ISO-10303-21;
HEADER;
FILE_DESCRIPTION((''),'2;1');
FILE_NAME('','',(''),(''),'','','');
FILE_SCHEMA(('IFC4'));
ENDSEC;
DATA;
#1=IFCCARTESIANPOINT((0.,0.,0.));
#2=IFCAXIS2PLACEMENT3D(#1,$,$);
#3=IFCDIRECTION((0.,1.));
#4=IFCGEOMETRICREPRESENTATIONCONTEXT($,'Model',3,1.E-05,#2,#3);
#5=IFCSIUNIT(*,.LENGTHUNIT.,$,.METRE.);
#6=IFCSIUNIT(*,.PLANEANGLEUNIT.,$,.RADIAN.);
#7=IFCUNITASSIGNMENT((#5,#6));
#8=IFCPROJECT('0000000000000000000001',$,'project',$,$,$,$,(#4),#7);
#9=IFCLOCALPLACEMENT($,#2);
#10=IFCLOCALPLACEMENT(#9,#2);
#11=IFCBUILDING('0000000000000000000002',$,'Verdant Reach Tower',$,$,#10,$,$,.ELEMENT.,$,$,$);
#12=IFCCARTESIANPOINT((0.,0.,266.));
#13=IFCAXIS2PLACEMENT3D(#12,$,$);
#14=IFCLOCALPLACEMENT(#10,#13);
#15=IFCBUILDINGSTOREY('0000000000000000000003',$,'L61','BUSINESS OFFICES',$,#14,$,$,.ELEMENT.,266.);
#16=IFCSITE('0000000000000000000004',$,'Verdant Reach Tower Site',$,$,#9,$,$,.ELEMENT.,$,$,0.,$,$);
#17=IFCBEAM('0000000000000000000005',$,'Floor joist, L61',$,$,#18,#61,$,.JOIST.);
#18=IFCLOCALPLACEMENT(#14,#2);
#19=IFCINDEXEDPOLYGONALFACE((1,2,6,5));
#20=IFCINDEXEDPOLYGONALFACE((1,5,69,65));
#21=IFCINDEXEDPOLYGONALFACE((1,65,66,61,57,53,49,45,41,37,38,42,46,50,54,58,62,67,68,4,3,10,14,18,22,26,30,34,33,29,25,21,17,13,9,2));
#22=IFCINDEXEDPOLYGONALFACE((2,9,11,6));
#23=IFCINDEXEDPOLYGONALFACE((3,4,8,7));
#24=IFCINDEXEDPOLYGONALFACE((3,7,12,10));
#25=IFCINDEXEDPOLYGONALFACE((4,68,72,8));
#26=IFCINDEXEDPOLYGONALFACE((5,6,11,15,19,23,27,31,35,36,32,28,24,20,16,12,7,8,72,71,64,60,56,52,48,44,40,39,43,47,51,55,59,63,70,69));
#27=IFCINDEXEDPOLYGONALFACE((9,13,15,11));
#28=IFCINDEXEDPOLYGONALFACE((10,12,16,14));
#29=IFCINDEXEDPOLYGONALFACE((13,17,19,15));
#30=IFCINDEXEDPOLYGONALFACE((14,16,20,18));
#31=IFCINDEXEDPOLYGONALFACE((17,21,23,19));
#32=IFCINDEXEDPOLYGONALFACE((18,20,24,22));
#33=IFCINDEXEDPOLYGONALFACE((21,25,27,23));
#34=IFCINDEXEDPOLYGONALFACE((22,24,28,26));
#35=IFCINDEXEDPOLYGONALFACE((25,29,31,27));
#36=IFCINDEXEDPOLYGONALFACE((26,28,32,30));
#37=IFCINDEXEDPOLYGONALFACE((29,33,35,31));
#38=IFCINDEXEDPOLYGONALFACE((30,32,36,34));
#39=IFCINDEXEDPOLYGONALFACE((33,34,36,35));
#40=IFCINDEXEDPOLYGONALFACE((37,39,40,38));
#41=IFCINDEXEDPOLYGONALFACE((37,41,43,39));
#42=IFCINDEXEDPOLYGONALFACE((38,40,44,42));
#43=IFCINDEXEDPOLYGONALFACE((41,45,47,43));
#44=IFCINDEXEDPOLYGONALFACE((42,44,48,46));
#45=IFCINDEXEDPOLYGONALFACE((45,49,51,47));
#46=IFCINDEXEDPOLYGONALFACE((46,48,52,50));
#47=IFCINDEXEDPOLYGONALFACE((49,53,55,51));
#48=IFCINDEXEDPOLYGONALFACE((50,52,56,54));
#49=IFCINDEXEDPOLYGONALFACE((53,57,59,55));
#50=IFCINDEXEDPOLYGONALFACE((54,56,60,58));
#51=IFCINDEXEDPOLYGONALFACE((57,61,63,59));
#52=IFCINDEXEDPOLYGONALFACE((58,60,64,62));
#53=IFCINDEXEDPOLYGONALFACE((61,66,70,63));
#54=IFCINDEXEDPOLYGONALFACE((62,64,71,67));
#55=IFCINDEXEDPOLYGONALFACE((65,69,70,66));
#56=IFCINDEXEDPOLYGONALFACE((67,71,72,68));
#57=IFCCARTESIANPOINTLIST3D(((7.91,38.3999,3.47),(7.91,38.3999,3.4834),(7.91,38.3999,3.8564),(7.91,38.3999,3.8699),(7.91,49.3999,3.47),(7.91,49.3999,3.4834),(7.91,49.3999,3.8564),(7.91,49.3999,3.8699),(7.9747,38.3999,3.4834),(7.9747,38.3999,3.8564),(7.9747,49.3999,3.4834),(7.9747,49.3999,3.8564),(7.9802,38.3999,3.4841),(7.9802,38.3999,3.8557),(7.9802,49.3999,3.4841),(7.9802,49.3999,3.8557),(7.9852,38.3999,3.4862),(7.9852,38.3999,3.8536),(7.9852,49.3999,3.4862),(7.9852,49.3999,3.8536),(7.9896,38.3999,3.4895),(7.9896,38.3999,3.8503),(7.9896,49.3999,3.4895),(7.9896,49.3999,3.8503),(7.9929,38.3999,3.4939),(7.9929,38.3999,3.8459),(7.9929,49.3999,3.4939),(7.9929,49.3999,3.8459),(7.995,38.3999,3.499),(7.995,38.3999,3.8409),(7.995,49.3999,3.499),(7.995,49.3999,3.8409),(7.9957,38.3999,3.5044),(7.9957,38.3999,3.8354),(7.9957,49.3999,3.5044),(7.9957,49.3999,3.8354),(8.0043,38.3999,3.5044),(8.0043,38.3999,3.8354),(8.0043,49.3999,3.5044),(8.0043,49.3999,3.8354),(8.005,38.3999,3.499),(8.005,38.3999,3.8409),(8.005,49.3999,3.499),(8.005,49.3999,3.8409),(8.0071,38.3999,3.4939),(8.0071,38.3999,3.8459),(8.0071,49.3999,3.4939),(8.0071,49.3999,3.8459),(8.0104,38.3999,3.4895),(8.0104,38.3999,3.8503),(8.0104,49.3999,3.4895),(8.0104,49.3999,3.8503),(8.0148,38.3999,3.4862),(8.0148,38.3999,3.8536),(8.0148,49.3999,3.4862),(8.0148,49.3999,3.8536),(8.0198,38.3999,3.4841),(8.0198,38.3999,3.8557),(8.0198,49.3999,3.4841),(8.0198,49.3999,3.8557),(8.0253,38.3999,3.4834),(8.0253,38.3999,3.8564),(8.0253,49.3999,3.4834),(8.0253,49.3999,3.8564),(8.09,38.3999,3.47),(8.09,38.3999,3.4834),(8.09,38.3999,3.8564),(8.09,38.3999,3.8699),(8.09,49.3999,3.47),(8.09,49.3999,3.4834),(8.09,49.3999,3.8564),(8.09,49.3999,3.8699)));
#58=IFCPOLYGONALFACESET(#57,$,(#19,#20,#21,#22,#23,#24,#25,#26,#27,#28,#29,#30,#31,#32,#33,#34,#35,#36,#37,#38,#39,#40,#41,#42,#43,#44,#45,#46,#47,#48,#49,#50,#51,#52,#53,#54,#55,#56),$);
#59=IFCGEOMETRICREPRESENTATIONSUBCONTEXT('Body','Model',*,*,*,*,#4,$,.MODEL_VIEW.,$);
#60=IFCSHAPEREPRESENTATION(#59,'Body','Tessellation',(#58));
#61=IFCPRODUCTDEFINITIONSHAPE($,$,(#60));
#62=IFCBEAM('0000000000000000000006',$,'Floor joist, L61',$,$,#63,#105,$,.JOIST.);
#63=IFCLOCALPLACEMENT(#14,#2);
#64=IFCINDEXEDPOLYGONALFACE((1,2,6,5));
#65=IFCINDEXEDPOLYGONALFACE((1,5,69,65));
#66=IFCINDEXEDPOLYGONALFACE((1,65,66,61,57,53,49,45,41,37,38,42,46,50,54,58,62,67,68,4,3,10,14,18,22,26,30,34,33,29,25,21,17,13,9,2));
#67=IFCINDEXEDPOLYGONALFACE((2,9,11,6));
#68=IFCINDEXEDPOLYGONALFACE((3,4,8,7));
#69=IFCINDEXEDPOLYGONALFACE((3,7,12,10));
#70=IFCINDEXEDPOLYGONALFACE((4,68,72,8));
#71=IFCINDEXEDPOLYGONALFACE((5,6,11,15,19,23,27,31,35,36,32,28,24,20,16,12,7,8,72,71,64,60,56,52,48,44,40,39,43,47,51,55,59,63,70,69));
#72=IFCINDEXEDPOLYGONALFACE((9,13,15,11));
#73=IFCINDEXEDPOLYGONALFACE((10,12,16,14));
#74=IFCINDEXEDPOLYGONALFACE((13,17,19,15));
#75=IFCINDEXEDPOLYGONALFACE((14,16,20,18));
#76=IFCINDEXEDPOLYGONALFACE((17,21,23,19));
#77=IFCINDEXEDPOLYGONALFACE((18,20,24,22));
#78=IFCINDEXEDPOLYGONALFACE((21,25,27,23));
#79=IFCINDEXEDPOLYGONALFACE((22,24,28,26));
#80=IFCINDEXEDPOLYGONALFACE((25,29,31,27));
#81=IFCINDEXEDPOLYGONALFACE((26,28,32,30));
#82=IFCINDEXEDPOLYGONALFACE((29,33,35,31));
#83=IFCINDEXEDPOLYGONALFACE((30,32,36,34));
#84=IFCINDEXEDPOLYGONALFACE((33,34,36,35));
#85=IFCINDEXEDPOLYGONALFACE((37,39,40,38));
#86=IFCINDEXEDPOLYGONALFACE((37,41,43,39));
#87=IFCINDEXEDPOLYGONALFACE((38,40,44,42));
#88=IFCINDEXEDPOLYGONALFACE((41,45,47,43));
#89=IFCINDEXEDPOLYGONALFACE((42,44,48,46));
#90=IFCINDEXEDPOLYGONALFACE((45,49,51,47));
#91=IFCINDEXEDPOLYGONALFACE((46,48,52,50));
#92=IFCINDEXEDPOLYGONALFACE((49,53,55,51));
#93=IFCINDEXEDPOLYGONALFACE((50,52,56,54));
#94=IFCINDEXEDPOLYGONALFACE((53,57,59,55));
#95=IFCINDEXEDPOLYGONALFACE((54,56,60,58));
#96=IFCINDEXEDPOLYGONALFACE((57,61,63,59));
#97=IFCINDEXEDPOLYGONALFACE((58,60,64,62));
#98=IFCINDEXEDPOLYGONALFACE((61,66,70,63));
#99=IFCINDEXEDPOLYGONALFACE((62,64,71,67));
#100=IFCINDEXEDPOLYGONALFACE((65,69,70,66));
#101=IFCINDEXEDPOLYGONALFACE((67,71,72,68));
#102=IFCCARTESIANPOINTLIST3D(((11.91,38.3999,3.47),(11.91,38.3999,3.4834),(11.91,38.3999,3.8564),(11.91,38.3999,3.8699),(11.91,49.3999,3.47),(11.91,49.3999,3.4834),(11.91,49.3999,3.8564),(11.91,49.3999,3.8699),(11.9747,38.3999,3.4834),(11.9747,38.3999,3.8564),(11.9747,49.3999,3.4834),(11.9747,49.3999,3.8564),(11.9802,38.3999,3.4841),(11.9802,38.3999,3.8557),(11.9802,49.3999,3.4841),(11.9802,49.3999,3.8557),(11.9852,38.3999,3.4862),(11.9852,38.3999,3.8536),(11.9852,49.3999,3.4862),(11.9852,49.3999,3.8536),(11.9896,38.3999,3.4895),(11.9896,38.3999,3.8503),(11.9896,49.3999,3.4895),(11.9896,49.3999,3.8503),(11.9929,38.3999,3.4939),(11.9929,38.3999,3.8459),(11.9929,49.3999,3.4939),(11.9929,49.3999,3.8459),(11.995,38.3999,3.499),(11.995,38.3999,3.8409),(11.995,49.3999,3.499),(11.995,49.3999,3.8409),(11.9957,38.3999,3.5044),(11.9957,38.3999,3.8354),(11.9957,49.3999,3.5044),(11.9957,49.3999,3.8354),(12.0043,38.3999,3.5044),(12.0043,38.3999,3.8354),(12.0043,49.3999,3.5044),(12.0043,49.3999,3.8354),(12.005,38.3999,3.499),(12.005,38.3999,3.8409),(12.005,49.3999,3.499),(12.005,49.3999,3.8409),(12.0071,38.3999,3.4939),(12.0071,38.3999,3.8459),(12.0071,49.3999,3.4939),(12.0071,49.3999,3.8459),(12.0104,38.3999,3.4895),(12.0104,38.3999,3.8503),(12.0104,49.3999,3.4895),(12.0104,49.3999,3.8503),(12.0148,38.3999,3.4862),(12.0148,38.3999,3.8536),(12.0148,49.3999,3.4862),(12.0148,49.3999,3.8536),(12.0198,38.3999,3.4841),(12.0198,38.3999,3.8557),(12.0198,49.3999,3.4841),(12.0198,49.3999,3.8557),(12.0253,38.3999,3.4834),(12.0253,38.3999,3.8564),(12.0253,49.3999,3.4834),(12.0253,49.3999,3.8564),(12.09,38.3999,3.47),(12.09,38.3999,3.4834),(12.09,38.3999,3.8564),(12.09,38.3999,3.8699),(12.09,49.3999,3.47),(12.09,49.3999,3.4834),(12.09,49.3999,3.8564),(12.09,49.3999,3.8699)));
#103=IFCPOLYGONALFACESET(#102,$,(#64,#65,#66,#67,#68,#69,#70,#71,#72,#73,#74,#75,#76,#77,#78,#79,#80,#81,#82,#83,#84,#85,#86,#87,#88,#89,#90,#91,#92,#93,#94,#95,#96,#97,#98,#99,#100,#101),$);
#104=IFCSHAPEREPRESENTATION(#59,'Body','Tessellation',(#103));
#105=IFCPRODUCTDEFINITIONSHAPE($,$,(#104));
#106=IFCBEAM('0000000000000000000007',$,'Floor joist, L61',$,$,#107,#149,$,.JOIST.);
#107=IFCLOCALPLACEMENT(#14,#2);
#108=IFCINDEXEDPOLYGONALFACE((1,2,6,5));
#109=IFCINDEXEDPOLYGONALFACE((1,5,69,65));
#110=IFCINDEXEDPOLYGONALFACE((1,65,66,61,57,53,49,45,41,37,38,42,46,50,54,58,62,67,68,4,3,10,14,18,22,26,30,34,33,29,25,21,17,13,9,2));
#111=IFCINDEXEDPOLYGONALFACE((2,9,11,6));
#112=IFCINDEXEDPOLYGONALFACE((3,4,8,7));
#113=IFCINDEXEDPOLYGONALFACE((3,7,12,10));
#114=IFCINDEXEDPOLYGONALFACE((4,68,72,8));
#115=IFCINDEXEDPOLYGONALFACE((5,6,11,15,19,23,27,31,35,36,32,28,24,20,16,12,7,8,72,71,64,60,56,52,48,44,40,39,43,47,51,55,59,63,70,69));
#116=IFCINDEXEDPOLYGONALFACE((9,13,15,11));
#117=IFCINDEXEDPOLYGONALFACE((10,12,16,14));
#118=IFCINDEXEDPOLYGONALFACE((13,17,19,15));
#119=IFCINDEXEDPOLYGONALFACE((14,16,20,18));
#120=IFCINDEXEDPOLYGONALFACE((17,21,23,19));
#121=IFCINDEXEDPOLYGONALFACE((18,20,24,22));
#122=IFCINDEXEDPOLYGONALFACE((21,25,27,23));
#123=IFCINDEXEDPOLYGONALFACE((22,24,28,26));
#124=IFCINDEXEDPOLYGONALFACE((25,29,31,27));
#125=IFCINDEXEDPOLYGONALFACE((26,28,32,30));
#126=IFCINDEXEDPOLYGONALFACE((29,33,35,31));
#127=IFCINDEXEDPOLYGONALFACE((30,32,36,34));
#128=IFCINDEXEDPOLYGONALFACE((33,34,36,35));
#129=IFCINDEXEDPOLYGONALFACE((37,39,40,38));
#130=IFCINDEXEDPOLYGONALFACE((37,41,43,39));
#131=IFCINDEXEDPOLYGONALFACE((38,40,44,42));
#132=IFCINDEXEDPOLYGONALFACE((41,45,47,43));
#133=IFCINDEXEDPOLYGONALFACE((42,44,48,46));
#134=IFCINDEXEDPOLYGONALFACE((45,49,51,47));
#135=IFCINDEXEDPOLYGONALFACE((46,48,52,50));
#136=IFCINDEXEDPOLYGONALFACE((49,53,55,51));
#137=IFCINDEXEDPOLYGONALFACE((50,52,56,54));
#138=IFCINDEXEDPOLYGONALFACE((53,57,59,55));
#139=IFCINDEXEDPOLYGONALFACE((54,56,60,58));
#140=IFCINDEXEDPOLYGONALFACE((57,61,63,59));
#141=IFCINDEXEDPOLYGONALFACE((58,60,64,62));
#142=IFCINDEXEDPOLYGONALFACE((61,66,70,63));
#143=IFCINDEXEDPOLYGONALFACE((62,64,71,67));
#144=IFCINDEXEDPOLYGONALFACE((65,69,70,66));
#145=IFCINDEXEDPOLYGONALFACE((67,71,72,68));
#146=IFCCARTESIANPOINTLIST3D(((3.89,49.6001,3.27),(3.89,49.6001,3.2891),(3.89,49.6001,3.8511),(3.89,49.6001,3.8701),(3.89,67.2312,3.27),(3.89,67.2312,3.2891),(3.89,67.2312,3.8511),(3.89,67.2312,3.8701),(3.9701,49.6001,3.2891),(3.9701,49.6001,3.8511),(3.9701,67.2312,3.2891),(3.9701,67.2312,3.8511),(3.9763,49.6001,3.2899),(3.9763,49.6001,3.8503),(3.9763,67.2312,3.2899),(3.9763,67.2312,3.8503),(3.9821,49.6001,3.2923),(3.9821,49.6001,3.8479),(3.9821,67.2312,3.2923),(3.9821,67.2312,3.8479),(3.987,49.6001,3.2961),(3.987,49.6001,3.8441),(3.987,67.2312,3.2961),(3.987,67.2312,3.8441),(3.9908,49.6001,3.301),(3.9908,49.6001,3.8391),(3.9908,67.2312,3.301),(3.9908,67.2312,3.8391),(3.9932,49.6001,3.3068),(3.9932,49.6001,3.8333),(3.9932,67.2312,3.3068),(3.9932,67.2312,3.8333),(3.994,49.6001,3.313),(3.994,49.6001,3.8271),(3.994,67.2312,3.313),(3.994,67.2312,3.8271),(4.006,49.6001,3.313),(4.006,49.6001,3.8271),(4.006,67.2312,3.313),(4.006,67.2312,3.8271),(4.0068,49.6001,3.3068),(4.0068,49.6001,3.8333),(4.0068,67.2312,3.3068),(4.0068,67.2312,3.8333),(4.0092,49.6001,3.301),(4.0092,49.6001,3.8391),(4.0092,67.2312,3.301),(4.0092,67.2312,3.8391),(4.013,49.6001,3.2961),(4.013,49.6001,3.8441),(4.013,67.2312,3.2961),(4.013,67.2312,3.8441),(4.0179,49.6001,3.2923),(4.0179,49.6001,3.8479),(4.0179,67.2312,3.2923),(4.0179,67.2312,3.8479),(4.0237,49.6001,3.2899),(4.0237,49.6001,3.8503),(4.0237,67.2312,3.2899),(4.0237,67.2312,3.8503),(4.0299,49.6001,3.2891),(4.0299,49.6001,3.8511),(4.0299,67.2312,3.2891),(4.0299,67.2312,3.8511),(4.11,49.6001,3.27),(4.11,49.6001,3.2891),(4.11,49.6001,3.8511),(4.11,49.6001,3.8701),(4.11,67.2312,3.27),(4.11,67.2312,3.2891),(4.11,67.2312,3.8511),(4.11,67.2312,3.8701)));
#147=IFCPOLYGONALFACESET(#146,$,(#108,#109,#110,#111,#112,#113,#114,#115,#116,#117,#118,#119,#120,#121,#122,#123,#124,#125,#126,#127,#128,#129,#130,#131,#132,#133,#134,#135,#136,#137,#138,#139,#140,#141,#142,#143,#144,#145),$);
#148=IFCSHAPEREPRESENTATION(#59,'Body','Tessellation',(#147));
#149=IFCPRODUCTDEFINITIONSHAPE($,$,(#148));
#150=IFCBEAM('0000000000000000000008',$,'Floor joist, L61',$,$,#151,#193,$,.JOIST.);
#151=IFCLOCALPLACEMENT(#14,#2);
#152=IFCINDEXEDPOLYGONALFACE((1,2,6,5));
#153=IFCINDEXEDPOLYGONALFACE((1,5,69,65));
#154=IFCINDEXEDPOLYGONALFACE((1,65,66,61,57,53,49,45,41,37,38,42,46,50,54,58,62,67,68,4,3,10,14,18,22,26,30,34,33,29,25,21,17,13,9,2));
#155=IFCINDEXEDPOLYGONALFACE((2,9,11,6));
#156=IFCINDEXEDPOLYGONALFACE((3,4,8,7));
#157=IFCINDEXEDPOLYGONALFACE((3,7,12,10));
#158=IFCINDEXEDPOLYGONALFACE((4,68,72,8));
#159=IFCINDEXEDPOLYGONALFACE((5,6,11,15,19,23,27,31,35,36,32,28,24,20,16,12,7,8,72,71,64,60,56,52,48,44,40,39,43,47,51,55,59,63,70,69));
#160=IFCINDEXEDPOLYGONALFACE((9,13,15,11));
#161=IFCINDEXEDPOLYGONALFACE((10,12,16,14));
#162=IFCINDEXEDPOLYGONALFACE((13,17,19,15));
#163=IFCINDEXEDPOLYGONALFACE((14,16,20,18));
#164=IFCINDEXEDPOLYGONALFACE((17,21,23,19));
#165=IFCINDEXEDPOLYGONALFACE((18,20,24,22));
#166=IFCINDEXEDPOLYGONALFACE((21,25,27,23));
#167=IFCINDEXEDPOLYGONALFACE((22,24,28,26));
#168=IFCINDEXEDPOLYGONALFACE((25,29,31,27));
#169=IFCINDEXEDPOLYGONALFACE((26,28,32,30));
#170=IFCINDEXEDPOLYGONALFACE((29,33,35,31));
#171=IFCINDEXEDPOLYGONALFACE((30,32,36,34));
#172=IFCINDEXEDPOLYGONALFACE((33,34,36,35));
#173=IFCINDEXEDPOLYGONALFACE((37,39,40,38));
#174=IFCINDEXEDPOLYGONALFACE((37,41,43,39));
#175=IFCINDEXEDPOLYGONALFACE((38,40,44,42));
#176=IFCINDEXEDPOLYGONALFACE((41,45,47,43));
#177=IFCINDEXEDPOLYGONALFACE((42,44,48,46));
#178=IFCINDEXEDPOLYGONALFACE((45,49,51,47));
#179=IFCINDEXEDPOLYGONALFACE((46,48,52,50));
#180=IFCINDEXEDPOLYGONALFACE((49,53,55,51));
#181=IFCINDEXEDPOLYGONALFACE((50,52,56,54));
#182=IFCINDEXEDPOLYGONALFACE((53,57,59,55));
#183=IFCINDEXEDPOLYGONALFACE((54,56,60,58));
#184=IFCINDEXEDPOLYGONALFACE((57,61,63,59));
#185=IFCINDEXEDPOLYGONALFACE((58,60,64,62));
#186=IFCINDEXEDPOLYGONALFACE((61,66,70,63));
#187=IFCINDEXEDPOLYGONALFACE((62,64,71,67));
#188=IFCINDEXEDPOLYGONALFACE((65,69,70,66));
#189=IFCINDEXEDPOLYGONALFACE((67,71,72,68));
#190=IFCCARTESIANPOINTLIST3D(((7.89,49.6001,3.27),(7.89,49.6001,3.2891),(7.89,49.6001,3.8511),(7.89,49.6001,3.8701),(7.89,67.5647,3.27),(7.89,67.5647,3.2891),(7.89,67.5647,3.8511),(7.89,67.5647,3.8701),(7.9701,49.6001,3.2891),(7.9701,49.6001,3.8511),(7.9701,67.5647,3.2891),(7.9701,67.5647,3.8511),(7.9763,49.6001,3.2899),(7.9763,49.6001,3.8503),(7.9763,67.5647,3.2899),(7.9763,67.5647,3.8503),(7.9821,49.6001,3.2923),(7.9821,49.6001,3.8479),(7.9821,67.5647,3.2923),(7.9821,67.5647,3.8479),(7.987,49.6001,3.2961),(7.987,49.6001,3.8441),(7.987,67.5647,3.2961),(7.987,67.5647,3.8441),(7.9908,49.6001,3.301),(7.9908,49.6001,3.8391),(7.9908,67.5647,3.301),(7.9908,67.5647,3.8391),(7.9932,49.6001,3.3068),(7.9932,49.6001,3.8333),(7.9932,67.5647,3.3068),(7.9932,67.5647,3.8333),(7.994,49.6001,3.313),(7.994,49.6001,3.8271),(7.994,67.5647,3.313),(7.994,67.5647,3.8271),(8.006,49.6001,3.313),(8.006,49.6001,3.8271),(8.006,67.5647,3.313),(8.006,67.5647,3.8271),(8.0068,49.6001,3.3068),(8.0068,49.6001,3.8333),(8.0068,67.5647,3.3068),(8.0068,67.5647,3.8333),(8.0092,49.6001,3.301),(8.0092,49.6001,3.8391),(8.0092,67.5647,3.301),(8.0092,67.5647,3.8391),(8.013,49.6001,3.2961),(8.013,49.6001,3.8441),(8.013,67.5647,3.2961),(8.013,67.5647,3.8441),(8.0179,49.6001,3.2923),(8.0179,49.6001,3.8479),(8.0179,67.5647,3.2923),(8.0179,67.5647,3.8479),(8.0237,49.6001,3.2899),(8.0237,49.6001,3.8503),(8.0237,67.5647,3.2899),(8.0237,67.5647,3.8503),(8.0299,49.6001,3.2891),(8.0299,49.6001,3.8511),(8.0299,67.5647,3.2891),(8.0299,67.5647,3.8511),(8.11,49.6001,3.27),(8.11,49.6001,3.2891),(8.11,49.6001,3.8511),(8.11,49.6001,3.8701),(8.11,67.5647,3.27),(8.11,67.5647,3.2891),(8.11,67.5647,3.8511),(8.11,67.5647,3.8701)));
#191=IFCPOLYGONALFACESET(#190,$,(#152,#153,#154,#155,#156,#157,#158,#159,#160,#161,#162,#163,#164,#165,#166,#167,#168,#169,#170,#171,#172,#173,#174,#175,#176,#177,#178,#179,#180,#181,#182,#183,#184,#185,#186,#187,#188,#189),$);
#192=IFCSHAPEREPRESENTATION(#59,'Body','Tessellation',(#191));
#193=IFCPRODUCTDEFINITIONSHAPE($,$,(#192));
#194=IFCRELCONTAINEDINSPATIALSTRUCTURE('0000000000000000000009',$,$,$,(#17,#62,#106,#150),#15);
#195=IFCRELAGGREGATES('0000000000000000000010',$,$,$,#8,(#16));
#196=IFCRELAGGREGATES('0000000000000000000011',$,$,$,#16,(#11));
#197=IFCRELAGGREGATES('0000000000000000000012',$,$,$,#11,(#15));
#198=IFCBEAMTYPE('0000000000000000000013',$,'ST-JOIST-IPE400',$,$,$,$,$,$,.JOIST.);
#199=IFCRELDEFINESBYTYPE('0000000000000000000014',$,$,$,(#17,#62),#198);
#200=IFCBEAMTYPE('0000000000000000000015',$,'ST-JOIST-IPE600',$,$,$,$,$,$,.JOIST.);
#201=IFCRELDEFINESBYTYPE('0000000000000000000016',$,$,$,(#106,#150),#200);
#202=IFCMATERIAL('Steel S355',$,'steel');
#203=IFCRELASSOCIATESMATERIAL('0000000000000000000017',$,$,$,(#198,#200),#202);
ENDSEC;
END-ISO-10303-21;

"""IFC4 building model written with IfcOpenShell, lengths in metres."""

from ifc_helpers import new_model, si_unit, direction, frame, origin, origin_2d, place, context, subcontext, project, spatial, i_section, extrude, material, material_profile, profile_set, type_object, element, save


model = new_model("IFC4")

# Units and contexts
model_context = context("Model", 3, precision=1e-05, world=origin(), true_north=direction((0.0, 1.0)))
body_context = subcontext(model_context, "Body", "Model", "MODEL_VIEW")
ifc_project = project(units=[si_unit("LENGTHUNIT", "METRE"), si_unit("PLANEANGLEUNIT", "RADIAN")], contexts=[model_context])

# Site, building, storey
site_placement = place(None, origin())
site = spatial("IfcSite", under=ifc_project, at=site_placement, Name="Verdant Reach Tower Site", CompositionType="ELEMENT", RefElevation=0.0)
building_placement = place(site_placement, origin())
building = spatial("IfcBuilding", under=site, at=building_placement, Name="Verdant Reach Tower", CompositionType="ELEMENT")
storey_placement = place(building_placement, frame((0.0, 0.0, 266.0)))
storey = spatial("IfcBuildingStorey", under=building, at=storey_placement, Name="L61", Description="BUSINESS OFFICES", CompositionType="ELEMENT", Elevation=266.0)

# Beams
ifc_material_1 = material(Name="Steel S355", Category="steel")
ifc_material_profile_1 = material_profile(ifc_material_1, i_section(OverallWidth=0.1799, OverallDepth=0.3999, WebThickness=0.0085, FlangeThickness=0.0134, FilletRadius=0.021, at=origin_2d()), Name="IPE 400")
ifc_profile_set_1 = profile_set([ifc_material_profile_1], Name="Steel S355")
beam_type_1 = type_object("IfcBeamType", Name="ST-JOIST-IPE400", PredefinedType="JOIST", material=ifc_profile_set_1)
for number, where, z_axis, x_axis, name in (
    (1, (8.0, 38.3999, 3.6699), (0.0, 1.0, 0.0), (-1.0, 0.0, 0.0), "Floor joist, L61"),
    (2, (12.0, 38.3999, 3.6699), (0.0, 1.0, 0.0), (-1.0, 0.0, 0.0), "Floor joist, L61"),
):
    element("IfcBeam", number, at=place(storey_placement, frame(where, z_axis=z_axis, x_axis=x_axis)), inside=storey, type_object=beam_type_1, Name=name, PredefinedType="JOIST", context=body_context, shape_type="SweptSolid", body=[
        extrude(i_section(OverallWidth=0.1799, OverallDepth=0.3999, WebThickness=0.0085, FlangeThickness=0.0134, FilletRadius=0.021, at=origin_2d()), origin(), (0.0, 0.0, 1.0), 11.0),
    ])
ifc_material_profile_2 = material_profile(ifc_material_1, i_section(OverallWidth=0.22, OverallDepth=0.6001, WebThickness=0.012, FlangeThickness=0.019, FilletRadius=0.0239, at=origin_2d()), Name="IPE 600")
ifc_profile_set_2 = profile_set([ifc_material_profile_2], Name="Steel S355")
beam_type_2 = type_object("IfcBeamType", Name="ST-JOIST-IPE600", PredefinedType="JOIST", material=ifc_profile_set_2)
beam_1_placement = place(storey_placement, frame((4.0, 49.6001, 3.5701), z_axis=(0.0, 1.0, 0.0), x_axis=(-1.0, 0.0, 0.0)))
element("IfcBeam", 3, at=beam_1_placement, inside=storey, type_object=beam_type_2, Name="Floor joist, L61", PredefinedType="JOIST", context=body_context, shape_type="SweptSolid", body=[
    extrude(i_section(OverallWidth=0.22, OverallDepth=0.6001, WebThickness=0.012, FlangeThickness=0.019, FilletRadius=0.0239, at=origin_2d()), origin(), (0.0, 0.0, 1.0), 17.6311),
])
beam_2_placement = place(storey_placement, frame((8.0, 49.6001, 3.5701), z_axis=(0.0, 1.0, 0.0), x_axis=(-1.0, 0.0, 0.0)))
element("IfcBeam", 4, at=beam_2_placement, inside=storey, type_object=beam_type_2, Name="Floor joist, L61", PredefinedType="JOIST", context=body_context, shape_type="SweptSolid", body=[
    extrude(i_section(OverallWidth=0.22, OverallDepth=0.6001, WebThickness=0.012, FlangeThickness=0.019, FilletRadius=0.0239, at=origin_2d()), origin(), (0.0, 0.0, 1.0), 17.9646),
])

save(model, "model.ifc")
